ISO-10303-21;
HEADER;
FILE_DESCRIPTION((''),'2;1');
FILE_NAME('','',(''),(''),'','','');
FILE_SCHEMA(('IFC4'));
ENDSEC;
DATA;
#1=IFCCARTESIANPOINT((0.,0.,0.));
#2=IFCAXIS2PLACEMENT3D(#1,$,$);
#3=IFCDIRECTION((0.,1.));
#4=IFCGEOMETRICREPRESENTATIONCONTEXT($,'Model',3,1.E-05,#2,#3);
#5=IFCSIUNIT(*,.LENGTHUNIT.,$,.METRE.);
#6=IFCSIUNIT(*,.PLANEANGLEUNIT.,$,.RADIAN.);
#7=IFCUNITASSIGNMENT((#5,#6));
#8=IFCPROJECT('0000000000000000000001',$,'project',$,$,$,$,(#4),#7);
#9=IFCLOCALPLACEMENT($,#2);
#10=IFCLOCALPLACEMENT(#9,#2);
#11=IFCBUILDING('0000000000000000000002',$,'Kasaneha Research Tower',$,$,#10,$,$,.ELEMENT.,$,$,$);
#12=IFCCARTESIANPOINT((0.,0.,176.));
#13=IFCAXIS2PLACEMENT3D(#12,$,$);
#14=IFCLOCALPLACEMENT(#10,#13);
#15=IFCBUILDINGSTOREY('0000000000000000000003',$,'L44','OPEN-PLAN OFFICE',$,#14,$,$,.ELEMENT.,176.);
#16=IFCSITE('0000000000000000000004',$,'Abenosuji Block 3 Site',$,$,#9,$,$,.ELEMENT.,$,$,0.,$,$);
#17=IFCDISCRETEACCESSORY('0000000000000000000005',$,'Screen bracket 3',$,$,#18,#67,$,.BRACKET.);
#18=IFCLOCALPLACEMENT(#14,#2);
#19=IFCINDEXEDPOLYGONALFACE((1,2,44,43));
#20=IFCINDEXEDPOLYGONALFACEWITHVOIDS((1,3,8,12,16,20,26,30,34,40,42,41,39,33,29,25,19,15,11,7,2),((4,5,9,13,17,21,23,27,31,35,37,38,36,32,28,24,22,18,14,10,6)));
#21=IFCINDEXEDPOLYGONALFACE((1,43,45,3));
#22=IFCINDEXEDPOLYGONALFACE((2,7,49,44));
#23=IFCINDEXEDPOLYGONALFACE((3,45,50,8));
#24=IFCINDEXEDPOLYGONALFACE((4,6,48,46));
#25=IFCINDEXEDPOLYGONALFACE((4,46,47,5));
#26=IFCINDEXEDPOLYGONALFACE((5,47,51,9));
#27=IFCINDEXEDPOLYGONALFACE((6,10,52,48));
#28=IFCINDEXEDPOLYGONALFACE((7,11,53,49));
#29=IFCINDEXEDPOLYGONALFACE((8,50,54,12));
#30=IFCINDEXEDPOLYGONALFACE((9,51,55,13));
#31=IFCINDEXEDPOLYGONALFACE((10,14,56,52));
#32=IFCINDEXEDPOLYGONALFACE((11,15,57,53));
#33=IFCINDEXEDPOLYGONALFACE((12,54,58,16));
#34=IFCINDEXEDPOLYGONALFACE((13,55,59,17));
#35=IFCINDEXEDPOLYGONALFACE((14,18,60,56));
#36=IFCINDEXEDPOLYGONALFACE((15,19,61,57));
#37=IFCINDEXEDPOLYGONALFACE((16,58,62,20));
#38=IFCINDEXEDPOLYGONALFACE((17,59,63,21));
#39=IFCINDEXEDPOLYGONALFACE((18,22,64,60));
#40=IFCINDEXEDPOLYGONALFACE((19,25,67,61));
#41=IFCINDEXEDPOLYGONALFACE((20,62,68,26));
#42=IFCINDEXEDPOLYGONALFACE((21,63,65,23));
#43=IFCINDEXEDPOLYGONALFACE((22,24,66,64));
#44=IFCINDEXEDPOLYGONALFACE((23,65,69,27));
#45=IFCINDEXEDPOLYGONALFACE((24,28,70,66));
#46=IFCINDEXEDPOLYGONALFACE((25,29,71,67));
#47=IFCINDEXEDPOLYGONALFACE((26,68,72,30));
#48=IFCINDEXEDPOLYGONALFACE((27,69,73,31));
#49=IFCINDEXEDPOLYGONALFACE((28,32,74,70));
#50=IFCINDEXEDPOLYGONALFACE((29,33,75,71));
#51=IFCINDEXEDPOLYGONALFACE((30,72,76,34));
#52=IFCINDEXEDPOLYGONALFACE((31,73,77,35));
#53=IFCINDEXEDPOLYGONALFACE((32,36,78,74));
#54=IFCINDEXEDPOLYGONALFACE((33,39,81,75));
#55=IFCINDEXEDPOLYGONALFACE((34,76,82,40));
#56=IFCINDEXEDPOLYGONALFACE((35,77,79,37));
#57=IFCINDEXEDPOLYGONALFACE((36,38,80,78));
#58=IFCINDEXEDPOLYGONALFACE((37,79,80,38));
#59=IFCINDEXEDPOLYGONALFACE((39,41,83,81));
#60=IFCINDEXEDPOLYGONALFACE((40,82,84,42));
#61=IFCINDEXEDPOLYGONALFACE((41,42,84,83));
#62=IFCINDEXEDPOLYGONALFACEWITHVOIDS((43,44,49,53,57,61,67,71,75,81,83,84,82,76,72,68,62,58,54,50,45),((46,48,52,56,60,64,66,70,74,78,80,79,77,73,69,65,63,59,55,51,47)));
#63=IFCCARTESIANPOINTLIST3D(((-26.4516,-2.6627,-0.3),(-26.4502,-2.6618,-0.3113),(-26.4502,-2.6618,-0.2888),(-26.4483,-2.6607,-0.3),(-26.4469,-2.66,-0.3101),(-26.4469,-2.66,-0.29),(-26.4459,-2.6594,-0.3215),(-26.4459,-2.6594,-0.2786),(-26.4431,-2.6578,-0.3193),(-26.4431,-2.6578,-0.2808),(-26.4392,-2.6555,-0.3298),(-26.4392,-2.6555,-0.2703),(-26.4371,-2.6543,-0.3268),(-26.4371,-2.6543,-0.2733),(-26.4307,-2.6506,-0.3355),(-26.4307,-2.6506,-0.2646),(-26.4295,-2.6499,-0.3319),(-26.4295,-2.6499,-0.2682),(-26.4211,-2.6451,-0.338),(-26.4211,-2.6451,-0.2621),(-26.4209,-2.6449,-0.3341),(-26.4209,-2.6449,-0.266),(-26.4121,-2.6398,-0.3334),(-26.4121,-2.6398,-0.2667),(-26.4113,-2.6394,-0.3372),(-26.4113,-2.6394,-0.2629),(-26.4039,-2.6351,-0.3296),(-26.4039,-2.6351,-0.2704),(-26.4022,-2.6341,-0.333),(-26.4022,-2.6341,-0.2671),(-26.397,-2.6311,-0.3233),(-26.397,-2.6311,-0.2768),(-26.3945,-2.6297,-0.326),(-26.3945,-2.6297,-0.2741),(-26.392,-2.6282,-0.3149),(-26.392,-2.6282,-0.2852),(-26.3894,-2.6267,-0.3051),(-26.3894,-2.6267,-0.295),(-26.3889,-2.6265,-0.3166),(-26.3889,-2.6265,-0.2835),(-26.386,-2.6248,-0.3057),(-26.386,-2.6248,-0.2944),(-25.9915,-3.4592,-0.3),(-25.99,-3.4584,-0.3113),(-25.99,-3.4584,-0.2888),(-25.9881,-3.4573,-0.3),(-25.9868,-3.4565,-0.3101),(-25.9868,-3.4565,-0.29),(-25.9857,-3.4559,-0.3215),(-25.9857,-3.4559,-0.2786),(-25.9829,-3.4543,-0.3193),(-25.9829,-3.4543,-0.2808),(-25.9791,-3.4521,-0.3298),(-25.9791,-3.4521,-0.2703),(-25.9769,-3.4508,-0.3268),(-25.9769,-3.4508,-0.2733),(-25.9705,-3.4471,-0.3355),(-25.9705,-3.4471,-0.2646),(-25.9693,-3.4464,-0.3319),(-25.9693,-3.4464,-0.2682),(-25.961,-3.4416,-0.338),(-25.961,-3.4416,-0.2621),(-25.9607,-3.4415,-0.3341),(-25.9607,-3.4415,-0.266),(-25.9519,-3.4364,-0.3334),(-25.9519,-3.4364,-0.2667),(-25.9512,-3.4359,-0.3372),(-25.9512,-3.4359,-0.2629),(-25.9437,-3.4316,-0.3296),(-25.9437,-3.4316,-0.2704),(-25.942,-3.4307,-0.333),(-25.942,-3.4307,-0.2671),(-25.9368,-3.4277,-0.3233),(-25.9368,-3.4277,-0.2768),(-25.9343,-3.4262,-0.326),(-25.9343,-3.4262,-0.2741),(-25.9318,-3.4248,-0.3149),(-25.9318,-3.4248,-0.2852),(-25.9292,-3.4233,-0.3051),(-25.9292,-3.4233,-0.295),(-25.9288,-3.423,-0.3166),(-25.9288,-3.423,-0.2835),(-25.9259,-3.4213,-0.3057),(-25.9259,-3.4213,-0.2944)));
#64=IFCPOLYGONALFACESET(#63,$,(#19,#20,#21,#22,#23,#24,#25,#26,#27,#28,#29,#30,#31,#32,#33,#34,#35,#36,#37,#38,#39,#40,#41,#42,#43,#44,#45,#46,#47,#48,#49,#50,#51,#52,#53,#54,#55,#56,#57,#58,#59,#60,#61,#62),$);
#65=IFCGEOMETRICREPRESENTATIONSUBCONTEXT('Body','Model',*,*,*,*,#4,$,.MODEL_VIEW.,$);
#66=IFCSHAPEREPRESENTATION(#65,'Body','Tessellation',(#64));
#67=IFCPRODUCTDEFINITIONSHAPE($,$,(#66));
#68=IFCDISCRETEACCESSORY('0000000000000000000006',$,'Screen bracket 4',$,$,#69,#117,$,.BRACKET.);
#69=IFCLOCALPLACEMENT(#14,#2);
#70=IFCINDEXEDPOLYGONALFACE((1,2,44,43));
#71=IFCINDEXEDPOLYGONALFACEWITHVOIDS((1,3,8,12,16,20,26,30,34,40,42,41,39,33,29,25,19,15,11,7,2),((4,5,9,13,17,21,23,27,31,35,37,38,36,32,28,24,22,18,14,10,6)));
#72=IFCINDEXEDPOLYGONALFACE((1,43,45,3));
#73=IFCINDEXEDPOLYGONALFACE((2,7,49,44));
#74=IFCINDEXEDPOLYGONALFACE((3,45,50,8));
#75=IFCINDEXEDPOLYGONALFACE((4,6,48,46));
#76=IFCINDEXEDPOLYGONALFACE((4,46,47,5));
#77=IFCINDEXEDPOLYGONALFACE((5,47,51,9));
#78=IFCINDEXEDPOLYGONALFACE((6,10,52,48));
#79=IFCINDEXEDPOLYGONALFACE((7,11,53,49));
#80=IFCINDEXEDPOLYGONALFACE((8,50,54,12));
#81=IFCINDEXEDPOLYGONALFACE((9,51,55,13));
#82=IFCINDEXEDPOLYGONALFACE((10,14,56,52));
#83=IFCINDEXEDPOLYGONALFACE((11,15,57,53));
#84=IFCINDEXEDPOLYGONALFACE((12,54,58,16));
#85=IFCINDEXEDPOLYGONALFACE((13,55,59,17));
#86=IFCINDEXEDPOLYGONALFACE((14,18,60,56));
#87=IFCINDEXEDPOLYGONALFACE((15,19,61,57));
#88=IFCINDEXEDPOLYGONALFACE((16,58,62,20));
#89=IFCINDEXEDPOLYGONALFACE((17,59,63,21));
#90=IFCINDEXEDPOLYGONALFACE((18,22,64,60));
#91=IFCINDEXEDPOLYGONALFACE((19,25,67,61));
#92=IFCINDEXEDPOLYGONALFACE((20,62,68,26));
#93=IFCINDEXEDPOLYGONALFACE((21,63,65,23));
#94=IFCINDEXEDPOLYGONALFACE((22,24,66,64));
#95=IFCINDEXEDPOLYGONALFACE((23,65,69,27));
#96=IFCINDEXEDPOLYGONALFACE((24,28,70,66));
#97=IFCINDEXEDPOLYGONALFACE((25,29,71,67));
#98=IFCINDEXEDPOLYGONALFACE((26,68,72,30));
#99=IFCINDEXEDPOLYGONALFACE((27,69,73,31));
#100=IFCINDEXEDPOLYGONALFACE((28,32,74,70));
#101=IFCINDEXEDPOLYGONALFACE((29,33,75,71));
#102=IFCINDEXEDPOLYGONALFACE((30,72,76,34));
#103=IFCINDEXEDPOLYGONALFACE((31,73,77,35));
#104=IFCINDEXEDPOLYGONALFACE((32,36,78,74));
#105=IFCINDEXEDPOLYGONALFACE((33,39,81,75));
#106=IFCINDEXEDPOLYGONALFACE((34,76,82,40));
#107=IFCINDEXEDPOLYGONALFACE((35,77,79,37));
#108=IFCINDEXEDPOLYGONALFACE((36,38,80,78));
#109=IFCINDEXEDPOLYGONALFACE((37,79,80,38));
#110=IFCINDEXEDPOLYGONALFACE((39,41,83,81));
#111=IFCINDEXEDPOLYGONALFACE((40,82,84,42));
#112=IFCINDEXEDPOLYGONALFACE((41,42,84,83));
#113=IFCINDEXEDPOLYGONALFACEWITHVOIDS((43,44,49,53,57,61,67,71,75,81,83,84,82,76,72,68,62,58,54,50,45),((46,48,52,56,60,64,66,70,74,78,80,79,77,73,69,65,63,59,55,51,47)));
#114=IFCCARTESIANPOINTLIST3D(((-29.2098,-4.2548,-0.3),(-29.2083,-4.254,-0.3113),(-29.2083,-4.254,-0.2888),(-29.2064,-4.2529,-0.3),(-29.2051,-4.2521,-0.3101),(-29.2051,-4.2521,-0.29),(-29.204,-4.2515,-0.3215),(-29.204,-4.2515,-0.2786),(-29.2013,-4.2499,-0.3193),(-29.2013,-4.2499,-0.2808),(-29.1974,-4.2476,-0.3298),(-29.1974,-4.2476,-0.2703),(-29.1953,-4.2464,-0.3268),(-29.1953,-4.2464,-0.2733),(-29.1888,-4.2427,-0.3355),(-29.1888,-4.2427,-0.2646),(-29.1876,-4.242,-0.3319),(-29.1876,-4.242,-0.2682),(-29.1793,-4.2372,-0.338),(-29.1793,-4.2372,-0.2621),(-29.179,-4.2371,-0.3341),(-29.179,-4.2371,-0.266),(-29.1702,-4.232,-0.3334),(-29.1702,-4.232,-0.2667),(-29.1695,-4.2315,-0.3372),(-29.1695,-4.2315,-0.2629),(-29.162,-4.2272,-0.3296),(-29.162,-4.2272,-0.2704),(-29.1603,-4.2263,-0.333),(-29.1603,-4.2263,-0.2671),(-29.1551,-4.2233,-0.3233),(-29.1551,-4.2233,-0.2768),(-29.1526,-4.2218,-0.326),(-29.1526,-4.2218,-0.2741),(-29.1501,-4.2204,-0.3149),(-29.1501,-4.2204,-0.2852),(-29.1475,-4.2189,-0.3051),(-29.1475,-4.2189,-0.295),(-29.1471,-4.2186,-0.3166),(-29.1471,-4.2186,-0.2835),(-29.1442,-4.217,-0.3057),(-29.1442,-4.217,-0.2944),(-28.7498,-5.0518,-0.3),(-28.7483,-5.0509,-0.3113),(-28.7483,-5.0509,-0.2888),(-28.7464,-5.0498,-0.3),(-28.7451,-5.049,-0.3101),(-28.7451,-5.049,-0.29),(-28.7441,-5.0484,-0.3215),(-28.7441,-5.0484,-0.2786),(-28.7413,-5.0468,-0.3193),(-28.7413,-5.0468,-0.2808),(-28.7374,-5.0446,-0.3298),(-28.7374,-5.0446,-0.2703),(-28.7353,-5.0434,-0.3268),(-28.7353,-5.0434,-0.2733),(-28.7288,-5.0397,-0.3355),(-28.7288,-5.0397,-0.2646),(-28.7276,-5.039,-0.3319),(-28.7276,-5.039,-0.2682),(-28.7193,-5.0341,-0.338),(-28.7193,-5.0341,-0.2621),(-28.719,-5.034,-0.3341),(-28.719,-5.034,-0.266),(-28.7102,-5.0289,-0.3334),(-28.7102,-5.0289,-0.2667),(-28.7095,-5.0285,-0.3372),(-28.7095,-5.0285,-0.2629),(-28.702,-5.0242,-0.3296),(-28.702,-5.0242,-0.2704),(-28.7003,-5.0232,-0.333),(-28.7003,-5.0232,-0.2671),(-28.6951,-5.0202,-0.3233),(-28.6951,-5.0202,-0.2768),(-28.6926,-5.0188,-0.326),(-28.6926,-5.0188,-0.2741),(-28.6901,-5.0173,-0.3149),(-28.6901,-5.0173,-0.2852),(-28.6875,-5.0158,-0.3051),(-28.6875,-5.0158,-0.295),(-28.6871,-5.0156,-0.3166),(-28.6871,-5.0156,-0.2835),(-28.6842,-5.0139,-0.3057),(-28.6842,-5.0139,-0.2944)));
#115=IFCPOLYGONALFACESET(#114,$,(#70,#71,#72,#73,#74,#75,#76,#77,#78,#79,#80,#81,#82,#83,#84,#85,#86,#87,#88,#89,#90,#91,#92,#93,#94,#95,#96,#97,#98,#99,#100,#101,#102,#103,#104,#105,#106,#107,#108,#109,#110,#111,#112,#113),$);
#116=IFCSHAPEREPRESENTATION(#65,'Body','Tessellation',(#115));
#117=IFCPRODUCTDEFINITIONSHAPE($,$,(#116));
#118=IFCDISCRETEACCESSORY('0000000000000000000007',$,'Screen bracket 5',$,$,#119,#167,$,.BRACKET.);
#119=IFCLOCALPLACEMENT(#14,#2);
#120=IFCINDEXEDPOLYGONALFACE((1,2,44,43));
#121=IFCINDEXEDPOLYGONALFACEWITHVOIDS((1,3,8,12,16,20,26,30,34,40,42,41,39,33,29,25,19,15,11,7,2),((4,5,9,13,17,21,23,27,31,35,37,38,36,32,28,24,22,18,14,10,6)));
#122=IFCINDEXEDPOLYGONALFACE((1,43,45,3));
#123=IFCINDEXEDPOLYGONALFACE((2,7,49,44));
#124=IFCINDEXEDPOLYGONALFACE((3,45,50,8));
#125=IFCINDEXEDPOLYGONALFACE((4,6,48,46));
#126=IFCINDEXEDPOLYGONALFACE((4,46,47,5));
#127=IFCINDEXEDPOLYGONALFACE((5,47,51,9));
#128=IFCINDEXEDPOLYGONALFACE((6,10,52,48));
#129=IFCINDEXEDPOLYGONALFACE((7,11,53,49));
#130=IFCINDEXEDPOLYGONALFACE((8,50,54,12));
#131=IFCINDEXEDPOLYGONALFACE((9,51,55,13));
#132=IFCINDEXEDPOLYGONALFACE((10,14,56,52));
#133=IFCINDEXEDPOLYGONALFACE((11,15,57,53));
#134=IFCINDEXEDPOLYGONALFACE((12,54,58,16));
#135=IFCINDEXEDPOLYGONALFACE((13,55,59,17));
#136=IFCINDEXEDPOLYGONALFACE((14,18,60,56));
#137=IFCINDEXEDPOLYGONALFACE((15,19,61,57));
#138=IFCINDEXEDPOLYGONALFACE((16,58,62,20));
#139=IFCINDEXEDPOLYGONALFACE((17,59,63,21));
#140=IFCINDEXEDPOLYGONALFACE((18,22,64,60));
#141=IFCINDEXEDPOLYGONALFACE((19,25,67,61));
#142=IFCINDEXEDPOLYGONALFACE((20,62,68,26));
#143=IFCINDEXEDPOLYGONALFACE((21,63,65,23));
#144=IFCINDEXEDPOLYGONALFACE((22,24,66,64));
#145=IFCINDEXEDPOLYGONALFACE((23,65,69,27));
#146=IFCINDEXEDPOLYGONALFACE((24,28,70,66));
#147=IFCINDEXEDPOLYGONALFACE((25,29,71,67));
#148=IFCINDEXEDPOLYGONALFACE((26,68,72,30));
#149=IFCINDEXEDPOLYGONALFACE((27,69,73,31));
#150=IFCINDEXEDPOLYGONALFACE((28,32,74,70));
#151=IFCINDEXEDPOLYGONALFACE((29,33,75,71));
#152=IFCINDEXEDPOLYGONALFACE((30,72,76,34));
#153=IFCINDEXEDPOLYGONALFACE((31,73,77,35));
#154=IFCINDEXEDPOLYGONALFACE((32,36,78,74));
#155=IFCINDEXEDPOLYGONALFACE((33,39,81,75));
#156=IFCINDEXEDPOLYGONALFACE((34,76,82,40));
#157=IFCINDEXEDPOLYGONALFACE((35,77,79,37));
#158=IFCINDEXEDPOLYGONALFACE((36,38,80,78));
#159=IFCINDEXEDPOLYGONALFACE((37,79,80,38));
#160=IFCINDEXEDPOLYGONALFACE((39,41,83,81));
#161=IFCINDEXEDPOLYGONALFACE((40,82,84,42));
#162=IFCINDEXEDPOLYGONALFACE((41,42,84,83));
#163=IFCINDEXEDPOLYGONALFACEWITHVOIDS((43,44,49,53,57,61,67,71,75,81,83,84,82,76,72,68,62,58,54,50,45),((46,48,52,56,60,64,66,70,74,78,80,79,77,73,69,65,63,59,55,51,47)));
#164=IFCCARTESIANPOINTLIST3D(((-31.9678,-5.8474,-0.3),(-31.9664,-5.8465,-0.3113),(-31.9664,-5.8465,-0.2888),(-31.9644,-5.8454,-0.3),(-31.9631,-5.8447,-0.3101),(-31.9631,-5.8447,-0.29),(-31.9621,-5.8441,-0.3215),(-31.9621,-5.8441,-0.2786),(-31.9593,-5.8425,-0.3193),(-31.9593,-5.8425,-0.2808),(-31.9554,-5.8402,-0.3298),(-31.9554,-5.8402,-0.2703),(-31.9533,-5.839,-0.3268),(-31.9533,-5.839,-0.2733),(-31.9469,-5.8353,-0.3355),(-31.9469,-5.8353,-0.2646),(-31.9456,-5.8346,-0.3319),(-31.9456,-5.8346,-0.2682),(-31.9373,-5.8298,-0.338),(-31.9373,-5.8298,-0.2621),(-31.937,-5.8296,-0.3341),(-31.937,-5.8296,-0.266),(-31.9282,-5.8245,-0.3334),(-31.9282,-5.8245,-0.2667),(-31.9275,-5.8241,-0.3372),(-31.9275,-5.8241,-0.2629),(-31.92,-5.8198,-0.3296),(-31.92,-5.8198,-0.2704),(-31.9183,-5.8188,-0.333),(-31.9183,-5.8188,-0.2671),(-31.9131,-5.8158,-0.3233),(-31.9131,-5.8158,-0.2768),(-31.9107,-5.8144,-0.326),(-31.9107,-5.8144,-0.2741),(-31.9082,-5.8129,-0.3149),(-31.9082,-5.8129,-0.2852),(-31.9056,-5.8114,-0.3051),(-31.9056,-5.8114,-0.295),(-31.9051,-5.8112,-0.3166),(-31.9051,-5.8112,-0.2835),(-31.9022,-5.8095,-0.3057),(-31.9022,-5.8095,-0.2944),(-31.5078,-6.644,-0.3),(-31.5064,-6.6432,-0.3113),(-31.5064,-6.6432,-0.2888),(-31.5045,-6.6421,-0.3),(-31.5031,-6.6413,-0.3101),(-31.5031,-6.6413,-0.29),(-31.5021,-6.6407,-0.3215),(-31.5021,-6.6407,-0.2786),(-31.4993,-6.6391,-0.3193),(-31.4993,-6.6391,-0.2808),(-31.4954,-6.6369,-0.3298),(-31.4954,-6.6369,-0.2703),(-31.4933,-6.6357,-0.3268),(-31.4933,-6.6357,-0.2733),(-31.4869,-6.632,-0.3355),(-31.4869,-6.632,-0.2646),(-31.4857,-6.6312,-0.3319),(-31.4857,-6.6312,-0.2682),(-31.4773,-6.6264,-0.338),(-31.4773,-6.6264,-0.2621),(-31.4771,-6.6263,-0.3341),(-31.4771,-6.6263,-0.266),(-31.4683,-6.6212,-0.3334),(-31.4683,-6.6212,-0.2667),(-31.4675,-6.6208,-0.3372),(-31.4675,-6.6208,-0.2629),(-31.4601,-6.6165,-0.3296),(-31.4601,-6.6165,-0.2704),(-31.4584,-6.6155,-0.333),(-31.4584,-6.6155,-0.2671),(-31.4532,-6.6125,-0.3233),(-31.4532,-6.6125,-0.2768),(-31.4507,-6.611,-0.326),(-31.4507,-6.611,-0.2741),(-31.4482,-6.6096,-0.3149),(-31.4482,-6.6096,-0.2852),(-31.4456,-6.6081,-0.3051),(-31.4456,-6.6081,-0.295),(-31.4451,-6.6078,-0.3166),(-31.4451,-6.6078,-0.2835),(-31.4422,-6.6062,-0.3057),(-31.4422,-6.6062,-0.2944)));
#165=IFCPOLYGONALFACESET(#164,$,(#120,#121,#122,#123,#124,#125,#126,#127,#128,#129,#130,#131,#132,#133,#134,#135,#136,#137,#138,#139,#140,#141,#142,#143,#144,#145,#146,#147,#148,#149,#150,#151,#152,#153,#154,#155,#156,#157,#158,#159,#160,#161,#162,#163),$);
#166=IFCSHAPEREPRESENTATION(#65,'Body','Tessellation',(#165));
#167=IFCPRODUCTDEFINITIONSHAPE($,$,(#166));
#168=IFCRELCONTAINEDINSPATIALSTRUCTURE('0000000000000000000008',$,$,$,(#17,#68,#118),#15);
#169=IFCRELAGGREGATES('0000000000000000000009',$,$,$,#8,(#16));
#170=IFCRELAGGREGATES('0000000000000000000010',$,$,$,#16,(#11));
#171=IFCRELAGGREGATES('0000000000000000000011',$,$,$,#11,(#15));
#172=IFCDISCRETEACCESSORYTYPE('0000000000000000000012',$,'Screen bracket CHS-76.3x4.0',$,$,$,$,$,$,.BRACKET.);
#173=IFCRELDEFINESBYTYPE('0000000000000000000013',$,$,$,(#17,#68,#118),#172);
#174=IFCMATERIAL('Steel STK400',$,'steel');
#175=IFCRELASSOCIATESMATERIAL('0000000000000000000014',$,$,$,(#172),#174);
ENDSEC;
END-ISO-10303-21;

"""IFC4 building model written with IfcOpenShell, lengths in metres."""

from ifc_helpers import new_model, si_unit, direction, frame, origin, origin_2d, place, context, subcontext, project, spatial, hollow_circle, extrude, material, material_profile, profile_set, type_object, element, save


model = new_model("IFC4")

# Units and contexts
model_context = context("Model", 3, precision=1e-05, world=origin(), true_north=direction((0.0, 1.0)))
body_context = subcontext(model_context, "Body", "Model", "MODEL_VIEW")
ifc_project = project(units=[si_unit("LENGTHUNIT", "METRE"), si_unit("PLANEANGLEUNIT", "RADIAN")], contexts=[model_context])

# Site, building, storey
site_placement = place(None, origin())
site = spatial("IfcSite", under=ifc_project, at=site_placement, Name="Abenosuji Block 3 Site", CompositionType="ELEMENT", RefElevation=0.0)
building_placement = place(site_placement, origin())
building = spatial("IfcBuilding", under=site, at=building_placement, Name="Kasaneha Research Tower", CompositionType="ELEMENT")
storey_placement = place(building_placement, frame((0.0, 0.0, 176.0)))
storey = spatial("IfcBuildingStorey", under=building, at=storey_placement, Name="L44", Description="OPEN-PLAN OFFICE", CompositionType="ELEMENT", Elevation=176.0)

# Discrete accessories
ifc_material_1 = material(Name="Steel STK400", Category="steel")
ifc_material_profile_1 = material_profile(ifc_material_1, hollow_circle(Radius=0.0381, WallThickness=0.0039, at=origin_2d()), Name="CHS-76.3x4.0")
ifc_profile_set_1 = profile_set([ifc_material_profile_1], Name="Steel STK400")
discrete_accessory_type = type_object("IfcDiscreteAccessoryType", Name="Screen bracket CHS-76.3x4.0", PredefinedType="BRACKET", material=ifc_profile_set_1)
discrete_accessory_1_placement = place(storey_placement, frame((-25.9585, -3.4402, -0.3), z_axis=(-0.50022, 0.865898, 0.0), x_axis=(-0.865898, -0.50022, 0.0)))
element("IfcDiscreteAccessory", 1, at=discrete_accessory_1_placement, inside=storey, type_object=discrete_accessory_type, Name="Screen bracket 3", PredefinedType="BRACKET", context=body_context, shape_type="SweptSolid", body=[
    extrude(hollow_circle(Radius=0.0381, WallThickness=0.0039, at=origin_2d()), origin(), (0.0, 0.0, 1.0), 0.9199),
])
discrete_accessory_2_placement = place(storey_placement, frame((-28.7168, -5.0327, -0.3), z_axis=(-0.499906, 0.86608, 0.0), x_axis=(-0.86608, -0.499906, 0.0)))
element("IfcDiscreteAccessory", 2, at=discrete_accessory_2_placement, inside=storey, type_object=discrete_accessory_type, Name="Screen bracket 4", PredefinedType="BRACKET", context=body_context, shape_type="SweptSolid", body=[
    extrude(hollow_circle(Radius=0.0381, WallThickness=0.0039, at=origin_2d()), origin(), (0.0, 0.0, 1.0), 0.9202),
])
discrete_accessory_3_placement = place(storey_placement, frame((-31.4749, -6.625, -0.3), z_axis=(-0.500021, 0.866013, 0.0), x_axis=(-0.866013, -0.500021, 0.0)))
element("IfcDiscreteAccessory", 3, at=discrete_accessory_3_placement, inside=storey, type_object=discrete_accessory_type, Name="Screen bracket 5", PredefinedType="BRACKET", context=body_context, shape_type="SweptSolid", body=[
    extrude(hollow_circle(Radius=0.0381, WallThickness=0.0039, at=origin_2d()), origin(), (0.0, 0.0, 1.0), 0.9199),
])

save(model, "model.ifc")
